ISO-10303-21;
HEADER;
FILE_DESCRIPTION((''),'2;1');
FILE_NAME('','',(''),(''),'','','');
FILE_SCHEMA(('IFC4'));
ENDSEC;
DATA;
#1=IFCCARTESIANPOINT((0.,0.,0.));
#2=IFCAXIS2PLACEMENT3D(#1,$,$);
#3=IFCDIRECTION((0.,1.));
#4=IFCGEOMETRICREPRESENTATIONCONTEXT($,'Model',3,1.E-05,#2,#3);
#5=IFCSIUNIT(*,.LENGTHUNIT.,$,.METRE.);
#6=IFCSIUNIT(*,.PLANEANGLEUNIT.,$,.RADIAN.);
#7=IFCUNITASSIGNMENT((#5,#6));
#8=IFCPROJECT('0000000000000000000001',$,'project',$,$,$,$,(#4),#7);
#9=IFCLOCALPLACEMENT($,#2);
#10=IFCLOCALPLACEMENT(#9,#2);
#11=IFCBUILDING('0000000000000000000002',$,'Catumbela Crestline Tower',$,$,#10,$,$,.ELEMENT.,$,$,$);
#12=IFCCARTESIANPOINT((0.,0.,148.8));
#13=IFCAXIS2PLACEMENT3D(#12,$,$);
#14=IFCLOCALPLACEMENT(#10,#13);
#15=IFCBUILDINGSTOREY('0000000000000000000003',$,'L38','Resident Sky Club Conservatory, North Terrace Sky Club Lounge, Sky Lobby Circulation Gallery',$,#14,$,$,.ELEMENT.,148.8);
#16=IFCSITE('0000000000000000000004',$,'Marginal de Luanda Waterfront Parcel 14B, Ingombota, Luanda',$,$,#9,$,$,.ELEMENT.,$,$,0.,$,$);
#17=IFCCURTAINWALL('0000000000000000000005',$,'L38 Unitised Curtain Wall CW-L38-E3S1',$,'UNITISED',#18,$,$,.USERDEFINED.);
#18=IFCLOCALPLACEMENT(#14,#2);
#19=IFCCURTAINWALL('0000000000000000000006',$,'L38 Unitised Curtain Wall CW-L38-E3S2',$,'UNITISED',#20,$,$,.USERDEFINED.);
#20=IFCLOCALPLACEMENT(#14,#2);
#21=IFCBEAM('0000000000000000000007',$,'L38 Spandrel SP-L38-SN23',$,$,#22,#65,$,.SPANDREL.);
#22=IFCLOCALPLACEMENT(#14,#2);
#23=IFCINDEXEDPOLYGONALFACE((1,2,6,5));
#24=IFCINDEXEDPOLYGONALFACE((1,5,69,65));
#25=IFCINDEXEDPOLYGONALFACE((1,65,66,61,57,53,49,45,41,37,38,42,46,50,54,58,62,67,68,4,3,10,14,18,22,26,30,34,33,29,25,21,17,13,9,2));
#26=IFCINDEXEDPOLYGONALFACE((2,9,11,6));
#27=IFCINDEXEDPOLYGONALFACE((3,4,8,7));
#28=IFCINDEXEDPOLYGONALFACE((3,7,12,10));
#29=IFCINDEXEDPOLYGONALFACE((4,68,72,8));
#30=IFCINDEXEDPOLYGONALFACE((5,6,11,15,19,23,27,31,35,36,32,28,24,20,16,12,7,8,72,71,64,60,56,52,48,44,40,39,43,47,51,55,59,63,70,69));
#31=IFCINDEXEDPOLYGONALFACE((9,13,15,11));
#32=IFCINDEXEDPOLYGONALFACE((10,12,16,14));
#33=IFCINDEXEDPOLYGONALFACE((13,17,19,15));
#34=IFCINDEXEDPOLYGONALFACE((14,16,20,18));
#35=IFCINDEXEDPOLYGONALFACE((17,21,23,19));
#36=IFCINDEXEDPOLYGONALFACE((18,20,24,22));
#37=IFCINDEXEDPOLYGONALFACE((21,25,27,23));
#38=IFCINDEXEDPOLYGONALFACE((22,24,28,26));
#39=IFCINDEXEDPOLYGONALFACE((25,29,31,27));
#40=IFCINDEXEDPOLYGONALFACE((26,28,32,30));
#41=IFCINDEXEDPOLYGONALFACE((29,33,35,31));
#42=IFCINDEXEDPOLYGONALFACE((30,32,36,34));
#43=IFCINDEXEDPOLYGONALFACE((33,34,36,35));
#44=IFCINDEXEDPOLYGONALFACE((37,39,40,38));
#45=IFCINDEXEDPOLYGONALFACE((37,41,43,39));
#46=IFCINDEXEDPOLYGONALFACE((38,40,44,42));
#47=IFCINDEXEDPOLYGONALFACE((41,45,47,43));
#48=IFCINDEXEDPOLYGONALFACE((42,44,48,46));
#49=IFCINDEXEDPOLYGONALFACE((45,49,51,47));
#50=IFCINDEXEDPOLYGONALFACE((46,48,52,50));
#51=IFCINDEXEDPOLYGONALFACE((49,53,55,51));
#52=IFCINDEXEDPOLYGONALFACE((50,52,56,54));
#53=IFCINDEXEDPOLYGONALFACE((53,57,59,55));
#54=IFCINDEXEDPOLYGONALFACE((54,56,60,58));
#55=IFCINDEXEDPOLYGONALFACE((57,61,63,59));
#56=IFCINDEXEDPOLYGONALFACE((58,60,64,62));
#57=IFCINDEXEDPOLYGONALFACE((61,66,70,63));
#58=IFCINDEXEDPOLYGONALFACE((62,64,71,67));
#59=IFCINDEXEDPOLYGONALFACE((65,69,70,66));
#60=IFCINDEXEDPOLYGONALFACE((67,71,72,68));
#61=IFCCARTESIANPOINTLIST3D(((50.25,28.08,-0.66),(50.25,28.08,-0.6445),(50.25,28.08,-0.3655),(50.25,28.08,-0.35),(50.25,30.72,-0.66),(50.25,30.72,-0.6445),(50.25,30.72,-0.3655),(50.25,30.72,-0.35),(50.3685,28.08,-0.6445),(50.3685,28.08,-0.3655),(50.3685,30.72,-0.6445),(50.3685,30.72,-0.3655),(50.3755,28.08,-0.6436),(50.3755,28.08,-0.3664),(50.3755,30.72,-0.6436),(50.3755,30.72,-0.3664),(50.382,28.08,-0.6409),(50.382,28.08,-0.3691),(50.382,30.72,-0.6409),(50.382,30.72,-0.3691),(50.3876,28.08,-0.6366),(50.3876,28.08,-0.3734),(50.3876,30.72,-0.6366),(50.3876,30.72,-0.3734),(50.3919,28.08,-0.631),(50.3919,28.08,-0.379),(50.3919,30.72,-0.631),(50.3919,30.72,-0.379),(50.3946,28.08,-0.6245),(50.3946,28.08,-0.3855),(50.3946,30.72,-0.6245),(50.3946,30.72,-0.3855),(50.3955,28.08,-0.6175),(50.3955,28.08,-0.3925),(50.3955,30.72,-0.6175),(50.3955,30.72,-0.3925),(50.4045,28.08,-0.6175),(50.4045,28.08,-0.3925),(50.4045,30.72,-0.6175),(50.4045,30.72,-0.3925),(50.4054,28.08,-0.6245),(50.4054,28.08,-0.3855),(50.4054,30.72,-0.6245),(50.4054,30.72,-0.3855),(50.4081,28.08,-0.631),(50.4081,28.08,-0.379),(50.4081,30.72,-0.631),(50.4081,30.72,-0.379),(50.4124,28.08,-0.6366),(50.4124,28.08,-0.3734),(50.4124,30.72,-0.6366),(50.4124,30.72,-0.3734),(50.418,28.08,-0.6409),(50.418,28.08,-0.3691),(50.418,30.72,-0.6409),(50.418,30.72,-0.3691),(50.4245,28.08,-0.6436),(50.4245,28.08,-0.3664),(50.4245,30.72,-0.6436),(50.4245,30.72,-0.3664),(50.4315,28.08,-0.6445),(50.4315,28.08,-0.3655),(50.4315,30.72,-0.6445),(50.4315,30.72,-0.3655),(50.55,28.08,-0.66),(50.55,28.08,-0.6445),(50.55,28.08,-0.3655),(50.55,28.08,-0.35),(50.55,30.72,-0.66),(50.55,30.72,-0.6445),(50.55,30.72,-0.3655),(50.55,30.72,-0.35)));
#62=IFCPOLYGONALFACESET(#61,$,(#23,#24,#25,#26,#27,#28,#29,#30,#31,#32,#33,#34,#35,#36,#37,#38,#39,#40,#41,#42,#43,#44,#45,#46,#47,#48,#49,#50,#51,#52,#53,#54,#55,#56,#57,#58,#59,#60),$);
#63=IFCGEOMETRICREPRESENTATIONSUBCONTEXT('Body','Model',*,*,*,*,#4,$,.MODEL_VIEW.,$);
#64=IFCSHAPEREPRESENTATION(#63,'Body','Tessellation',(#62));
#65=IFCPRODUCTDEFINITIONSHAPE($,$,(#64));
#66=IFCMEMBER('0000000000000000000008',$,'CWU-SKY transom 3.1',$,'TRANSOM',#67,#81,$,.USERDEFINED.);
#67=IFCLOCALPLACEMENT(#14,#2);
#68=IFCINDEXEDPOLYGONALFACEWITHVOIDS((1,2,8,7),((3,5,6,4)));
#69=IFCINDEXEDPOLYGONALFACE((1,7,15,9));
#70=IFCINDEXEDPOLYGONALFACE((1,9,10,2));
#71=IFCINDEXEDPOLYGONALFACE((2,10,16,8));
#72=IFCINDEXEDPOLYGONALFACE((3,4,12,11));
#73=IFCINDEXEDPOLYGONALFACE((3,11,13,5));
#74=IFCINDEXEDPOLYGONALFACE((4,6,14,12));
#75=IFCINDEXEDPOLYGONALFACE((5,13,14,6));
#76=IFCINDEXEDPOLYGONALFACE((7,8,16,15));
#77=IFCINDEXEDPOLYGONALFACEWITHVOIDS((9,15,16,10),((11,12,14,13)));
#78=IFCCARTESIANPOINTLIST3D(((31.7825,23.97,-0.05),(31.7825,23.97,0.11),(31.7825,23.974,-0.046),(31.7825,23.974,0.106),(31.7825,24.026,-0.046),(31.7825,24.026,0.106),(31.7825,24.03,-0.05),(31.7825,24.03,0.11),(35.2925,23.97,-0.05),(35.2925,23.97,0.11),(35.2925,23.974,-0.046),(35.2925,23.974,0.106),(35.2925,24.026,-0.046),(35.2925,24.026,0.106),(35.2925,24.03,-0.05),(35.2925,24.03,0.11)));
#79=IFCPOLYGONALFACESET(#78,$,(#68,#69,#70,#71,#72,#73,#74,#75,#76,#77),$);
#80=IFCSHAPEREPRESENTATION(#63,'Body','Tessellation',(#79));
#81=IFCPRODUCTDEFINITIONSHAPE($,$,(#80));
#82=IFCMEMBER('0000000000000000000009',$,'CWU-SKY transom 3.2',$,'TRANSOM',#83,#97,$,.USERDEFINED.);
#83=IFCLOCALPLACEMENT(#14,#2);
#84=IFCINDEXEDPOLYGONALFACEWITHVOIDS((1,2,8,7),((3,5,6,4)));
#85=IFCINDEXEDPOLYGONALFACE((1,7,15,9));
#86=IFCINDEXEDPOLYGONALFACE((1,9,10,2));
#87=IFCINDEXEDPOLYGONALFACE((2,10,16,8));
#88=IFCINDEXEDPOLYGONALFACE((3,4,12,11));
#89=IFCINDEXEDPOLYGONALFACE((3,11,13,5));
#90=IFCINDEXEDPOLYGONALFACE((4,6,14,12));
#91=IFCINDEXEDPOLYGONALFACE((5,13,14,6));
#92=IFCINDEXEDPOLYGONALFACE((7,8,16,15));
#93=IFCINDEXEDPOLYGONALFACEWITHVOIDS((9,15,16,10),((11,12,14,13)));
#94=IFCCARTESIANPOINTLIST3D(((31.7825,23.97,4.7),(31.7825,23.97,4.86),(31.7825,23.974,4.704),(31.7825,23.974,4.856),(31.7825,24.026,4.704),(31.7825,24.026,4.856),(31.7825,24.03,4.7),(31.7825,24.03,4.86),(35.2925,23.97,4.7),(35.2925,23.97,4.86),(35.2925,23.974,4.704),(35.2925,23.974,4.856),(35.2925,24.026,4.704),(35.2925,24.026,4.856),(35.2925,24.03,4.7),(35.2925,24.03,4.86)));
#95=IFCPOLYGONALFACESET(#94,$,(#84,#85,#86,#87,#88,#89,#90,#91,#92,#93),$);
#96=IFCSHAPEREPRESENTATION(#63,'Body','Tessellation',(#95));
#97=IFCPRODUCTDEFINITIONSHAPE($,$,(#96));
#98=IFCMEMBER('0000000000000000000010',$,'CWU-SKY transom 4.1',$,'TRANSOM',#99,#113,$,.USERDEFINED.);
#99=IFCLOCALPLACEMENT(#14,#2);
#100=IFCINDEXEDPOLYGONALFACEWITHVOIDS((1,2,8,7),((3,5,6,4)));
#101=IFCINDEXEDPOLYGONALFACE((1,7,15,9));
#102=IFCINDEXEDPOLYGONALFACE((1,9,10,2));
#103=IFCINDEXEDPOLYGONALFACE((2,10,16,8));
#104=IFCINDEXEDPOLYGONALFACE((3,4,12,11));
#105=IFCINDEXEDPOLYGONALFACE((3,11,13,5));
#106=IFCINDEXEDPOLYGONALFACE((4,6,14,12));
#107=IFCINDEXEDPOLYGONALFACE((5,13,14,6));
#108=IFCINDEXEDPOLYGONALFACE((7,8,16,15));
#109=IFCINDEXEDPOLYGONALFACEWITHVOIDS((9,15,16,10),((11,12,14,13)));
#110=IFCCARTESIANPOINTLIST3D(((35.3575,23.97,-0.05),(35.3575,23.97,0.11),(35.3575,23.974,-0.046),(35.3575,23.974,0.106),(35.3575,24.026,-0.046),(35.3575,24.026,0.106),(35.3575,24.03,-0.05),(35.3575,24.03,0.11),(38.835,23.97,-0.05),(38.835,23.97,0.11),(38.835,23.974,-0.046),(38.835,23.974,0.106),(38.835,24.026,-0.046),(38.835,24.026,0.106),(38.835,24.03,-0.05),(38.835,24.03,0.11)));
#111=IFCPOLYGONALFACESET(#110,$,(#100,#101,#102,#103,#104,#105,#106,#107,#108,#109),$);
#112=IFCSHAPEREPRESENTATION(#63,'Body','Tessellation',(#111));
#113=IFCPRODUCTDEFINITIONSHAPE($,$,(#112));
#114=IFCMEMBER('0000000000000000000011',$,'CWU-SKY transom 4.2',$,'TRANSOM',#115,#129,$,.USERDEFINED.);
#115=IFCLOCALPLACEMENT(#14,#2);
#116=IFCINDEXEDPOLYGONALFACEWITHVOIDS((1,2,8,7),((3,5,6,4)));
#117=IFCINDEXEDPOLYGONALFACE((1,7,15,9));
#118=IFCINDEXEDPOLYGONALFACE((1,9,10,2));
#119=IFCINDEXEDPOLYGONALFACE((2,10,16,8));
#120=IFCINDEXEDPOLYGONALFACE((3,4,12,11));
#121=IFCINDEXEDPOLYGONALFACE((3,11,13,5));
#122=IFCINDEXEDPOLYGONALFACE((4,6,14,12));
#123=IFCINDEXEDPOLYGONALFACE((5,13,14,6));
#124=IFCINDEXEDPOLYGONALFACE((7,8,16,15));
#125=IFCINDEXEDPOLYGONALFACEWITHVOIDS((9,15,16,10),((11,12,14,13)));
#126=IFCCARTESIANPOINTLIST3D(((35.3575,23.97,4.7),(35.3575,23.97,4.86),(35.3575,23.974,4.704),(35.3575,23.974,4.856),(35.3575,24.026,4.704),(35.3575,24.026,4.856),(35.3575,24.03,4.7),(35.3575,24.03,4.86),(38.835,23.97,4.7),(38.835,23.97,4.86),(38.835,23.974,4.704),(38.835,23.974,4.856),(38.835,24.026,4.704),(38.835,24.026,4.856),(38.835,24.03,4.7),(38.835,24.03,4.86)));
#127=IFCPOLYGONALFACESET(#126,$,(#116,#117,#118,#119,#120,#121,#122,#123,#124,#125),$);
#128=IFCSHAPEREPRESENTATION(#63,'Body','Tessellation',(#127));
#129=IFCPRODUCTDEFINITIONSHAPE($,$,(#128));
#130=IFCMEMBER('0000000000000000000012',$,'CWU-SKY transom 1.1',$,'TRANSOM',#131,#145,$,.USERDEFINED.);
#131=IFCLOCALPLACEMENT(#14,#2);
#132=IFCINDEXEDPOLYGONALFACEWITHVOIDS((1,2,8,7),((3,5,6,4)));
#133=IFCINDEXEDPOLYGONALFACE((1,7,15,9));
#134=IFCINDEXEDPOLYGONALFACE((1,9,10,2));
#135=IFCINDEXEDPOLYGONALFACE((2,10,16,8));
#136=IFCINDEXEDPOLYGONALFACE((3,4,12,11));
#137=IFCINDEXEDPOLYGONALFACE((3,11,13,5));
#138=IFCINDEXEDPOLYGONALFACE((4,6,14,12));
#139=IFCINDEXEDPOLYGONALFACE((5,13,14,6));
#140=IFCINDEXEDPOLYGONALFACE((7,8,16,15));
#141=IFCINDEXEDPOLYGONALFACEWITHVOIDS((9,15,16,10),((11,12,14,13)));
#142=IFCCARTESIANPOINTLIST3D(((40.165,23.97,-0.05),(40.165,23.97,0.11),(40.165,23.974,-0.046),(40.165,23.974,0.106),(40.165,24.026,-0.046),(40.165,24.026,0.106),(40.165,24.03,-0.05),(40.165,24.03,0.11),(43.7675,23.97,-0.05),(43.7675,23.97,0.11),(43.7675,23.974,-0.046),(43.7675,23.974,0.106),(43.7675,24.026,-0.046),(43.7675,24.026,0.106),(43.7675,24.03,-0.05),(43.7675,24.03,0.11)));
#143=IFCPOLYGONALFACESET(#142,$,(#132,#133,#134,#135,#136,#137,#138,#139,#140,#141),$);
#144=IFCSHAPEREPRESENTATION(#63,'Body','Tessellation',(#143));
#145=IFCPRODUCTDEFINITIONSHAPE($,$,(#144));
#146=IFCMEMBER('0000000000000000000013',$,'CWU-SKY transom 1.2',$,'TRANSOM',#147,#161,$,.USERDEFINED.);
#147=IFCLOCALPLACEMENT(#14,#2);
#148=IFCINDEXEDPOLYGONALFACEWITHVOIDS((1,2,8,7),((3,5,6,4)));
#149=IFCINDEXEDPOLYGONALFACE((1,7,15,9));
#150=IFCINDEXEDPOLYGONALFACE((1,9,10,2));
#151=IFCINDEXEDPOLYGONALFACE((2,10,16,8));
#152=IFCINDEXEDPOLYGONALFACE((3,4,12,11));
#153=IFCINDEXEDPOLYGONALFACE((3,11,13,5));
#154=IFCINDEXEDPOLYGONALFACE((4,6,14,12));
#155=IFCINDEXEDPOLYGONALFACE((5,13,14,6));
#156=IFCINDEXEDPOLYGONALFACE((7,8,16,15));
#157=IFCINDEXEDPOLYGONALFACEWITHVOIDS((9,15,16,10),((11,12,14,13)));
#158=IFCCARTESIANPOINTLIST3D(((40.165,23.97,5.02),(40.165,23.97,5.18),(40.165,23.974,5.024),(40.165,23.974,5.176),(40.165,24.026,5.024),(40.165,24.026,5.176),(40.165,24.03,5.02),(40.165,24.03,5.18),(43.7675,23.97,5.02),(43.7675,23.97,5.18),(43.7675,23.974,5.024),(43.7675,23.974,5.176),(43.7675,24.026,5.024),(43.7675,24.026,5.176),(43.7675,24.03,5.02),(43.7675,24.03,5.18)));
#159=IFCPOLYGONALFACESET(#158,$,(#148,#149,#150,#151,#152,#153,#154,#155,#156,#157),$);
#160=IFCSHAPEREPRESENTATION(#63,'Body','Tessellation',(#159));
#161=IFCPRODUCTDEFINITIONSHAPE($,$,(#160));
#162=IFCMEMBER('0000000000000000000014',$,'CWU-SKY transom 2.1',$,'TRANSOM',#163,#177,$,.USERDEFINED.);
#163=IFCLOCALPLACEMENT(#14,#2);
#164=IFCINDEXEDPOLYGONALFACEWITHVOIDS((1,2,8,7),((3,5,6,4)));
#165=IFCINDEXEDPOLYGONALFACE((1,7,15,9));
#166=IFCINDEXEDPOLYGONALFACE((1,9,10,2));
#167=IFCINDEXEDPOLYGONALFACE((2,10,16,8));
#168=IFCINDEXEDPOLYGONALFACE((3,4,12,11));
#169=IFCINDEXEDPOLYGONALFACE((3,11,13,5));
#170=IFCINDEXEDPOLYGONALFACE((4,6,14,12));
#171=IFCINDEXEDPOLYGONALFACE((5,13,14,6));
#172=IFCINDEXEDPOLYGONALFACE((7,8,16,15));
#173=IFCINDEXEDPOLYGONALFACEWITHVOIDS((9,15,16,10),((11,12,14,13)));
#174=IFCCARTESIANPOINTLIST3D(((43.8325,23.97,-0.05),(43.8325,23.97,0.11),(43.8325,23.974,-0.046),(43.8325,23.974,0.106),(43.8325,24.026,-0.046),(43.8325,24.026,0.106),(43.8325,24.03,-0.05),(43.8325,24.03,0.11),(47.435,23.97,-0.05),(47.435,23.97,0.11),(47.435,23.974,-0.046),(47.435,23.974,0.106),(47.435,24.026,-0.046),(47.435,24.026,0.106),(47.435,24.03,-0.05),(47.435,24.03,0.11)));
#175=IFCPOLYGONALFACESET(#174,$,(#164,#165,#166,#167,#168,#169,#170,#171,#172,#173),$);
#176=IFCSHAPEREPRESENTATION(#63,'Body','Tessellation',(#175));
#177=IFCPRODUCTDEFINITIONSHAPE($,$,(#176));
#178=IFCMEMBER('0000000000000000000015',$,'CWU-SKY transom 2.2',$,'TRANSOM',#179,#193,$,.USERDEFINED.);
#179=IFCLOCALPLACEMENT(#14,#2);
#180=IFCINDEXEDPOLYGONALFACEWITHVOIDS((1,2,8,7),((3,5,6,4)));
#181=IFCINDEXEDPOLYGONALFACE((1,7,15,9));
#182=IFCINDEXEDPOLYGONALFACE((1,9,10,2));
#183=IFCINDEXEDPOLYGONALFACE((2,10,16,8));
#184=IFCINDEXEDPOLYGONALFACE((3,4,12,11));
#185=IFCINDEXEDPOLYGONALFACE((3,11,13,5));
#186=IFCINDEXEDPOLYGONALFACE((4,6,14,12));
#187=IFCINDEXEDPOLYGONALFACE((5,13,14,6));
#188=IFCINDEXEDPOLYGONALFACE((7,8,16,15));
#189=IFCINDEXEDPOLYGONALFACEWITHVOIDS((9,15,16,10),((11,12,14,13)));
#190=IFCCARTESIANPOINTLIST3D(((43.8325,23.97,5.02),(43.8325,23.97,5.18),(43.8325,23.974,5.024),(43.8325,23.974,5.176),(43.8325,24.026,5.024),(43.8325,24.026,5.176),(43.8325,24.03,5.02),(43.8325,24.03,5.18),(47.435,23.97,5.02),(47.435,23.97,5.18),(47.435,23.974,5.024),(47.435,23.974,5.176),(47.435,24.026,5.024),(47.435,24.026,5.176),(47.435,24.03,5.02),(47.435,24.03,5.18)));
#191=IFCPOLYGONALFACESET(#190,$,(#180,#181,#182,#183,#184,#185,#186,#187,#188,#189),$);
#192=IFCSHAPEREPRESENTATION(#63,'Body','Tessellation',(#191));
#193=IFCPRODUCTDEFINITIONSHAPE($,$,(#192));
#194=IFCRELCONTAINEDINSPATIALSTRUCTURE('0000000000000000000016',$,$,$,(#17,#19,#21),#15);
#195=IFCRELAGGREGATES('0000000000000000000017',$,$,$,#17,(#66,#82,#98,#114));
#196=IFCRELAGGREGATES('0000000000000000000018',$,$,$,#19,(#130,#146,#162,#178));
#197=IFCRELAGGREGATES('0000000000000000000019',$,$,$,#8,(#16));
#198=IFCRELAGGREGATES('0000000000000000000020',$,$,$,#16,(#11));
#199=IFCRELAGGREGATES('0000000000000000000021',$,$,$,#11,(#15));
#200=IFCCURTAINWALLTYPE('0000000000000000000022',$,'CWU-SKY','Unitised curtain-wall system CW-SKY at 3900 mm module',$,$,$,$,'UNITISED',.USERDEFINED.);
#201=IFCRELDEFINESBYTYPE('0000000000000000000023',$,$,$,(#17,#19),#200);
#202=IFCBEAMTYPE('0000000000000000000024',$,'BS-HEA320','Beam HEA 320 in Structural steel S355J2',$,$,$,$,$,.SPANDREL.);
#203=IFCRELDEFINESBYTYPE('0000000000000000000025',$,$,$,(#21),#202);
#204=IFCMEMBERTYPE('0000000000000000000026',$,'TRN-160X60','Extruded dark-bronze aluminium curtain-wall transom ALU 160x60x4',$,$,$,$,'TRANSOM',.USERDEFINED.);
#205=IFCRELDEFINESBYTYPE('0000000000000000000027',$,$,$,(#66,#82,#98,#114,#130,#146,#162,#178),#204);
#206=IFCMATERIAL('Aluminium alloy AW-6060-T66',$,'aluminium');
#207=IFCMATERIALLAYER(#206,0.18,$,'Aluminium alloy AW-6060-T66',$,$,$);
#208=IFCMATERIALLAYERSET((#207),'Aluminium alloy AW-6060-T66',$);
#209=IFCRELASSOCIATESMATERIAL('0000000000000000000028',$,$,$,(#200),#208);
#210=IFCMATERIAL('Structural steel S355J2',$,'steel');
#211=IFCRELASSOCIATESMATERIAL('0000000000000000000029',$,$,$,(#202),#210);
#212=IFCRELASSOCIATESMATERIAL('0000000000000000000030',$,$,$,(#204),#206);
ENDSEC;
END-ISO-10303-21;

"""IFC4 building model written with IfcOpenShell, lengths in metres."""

from ifc_helpers import new_model, si_unit, direction, frame, origin, origin_2d, place, context, subcontext, project, spatial, hollow_rectangle, i_section, extrude, material, layer, layer_set, material_profile, profile_set, type_object, element, aggregate, save


model = new_model("IFC4")

# Units and contexts
model_context = context("Model", 3, precision=1e-05, world=origin(), true_north=direction((0.0, 1.0)))
body_context = subcontext(model_context, "Body", "Model", "MODEL_VIEW")
ifc_project = project(units=[si_unit("LENGTHUNIT", "METRE"), si_unit("PLANEANGLEUNIT", "RADIAN")], contexts=[model_context])

# Site, building, storey
site_placement = place(None, origin())
site = spatial("IfcSite", under=ifc_project, at=site_placement, Name="Marginal de Luanda Waterfront Parcel 14B, Ingombota, Luanda", CompositionType="ELEMENT", RefElevation=0.0)
building_placement = place(site_placement, origin())
building = spatial("IfcBuilding", under=site, at=building_placement, Name="Catumbela Crestline Tower", CompositionType="ELEMENT")
storey_placement = place(building_placement, frame((0.0, 0.0, 148.8)))
storey = spatial("IfcBuildingStorey", under=building, at=storey_placement, Name="L38", Description="Resident Sky Club Conservatory, North Terrace Sky Club Lounge, Sky Lobby Circulation Gallery", CompositionType="ELEMENT", Elevation=148.8)

# Shared definitions
ifc_material_1 = material(Name="Structural steel S355J2", Category="steel")

# Curtain walls
ifc_material_2 = material(Name="Aluminium alloy AW-6060-T66", Category="aluminium")
ifc_layer_1 = layer(ifc_material_2, 0.18, Name="Aluminium alloy AW-6060-T66")
ifc_layer_set_1 = layer_set([ifc_layer_1], Name="Aluminium alloy AW-6060-T66")
curtain_wall_type = type_object("IfcCurtainWallType", Name="CWU-SKY", Description="Unitised curtain-wall system CW-SKY at 3900 mm module", ElementType="UNITISED", PredefinedType="USERDEFINED", material=ifc_layer_set_1)
curtain_wall_1_placement = place(storey_placement, origin())
curtain_wall_1 = element("IfcCurtainWall", 1, at=curtain_wall_1_placement, inside=storey, type_object=curtain_wall_type, Name="L38 Unitised Curtain Wall CW-L38-E3S1", ObjectType="UNITISED", PredefinedType="USERDEFINED")
curtain_wall_2_placement = place(storey_placement, origin())
curtain_wall_2 = element("IfcCurtainWall", 2, at=curtain_wall_2_placement, inside=storey, type_object=curtain_wall_type, Name="L38 Unitised Curtain Wall CW-L38-E3S2", ObjectType="UNITISED", PredefinedType="USERDEFINED")

# Beam
ifc_material_profile_1 = material_profile(ifc_material_1, i_section(OverallWidth=0.3, OverallDepth=0.31, WebThickness=0.009, FlangeThickness=0.0155, FilletRadius=0.027, at=origin_2d()), Name="HEA 320")
ifc_profile_set_1 = profile_set([ifc_material_profile_1], Name="Structural steel S355J2")
beam_type_1 = type_object("IfcBeamType", Name="BS-HEA320", Description="Beam HEA 320 in Structural steel S355J2", PredefinedType="SPANDREL", material=ifc_profile_set_1)
beam_1_placement = place(storey_placement, frame((50.4, 28.08, -0.505), z_axis=(0.0, 1.0, 0.0), x_axis=(-1.0, 0.0, 0.0)))
element("IfcBeam", 3, at=beam_1_placement, inside=storey, type_object=beam_type_1, Name="L38 Spandrel SP-L38-SN23", PredefinedType="SPANDREL", context=body_context, shape_type="SweptSolid", body=[
    extrude(i_section(OverallWidth=0.3, OverallDepth=0.31, WebThickness=0.009, FlangeThickness=0.0155, FilletRadius=0.027, at=origin_2d()), origin(), (0.0, 0.0, 1.0), 2.64),
])

# Members
ifc_material_profile_2 = material_profile(ifc_material_2, hollow_rectangle(XDim=0.06, YDim=0.16, WallThickness=0.004, at=origin_2d()), Name="ALU 160x60x4")
ifc_profile_set_2 = profile_set([ifc_material_profile_2], Name="Aluminium alloy AW-6060-T66")
member_type_1 = type_object("IfcMemberType", Name="TRN-160X60", Description="Extruded dark-bronze aluminium curtain-wall transom ALU 160x60x4", ElementType="TRANSOM", PredefinedType="USERDEFINED", material=ifc_profile_set_2)
member_1_placement = place(storey_placement, frame((31.7825, 24.0, 0.03), z_axis=(1.0, 0.0, 0.0), x_axis=(0.0, 1.0, 0.0)))
member_1 = element("IfcMember", 4, at=member_1_placement, type_object=member_type_1, Name="CWU-SKY transom 3.1", ObjectType="TRANSOM", PredefinedType="USERDEFINED", context=body_context, shape_type="SweptSolid", body=[
    extrude(hollow_rectangle(XDim=0.06, YDim=0.16, WallThickness=0.004, at=origin_2d()), origin(), (0.0, 0.0, 1.0), 3.51),
])
member_2_placement = place(storey_placement, frame((31.7825, 24.0, 4.78), z_axis=(1.0, 0.0, 0.0), x_axis=(0.0, 1.0, 0.0)))
member_2 = element("IfcMember", 5, at=member_2_placement, type_object=member_type_1, Name="CWU-SKY transom 3.2", ObjectType="TRANSOM", PredefinedType="USERDEFINED", context=body_context, shape_type="SweptSolid", body=[
    extrude(hollow_rectangle(XDim=0.06, YDim=0.16, WallThickness=0.004, at=origin_2d()), origin(), (0.0, 0.0, 1.0), 3.51),
])
member_3_placement = place(storey_placement, frame((35.3575, 24.0, 0.03), z_axis=(1.0, 0.0, 0.0), x_axis=(0.0, 1.0, 0.0)))
member_3 = element("IfcMember", 6, at=member_3_placement, type_object=member_type_1, Name="CWU-SKY transom 4.1", ObjectType="TRANSOM", PredefinedType="USERDEFINED", context=body_context, shape_type="SweptSolid", body=[
    extrude(hollow_rectangle(XDim=0.06, YDim=0.16, WallThickness=0.004, at=origin_2d()), origin(), (0.0, 0.0, 1.0), 3.4775),
])
member_4_placement = place(storey_placement, frame((35.3575, 24.0, 4.78), z_axis=(1.0, 0.0, 0.0), x_axis=(0.0, 1.0, 0.0)))
member_4 = element("IfcMember", 7, at=member_4_placement, type_object=member_type_1, Name="CWU-SKY transom 4.2", ObjectType="TRANSOM", PredefinedType="USERDEFINED", context=body_context, shape_type="SweptSolid", body=[
    extrude(hollow_rectangle(XDim=0.06, YDim=0.16, WallThickness=0.004, at=origin_2d()), origin(), (0.0, 0.0, 1.0), 3.4775),
])
member_5_placement = place(storey_placement, frame((40.165, 24.0, 0.03), z_axis=(1.0, 0.0, 0.0), x_axis=(0.0, 1.0, 0.0)))
member_5 = element("IfcMember", 8, at=member_5_placement, type_object=member_type_1, Name="CWU-SKY transom 1.1", ObjectType="TRANSOM", PredefinedType="USERDEFINED", context=body_context, shape_type="SweptSolid", body=[
    extrude(hollow_rectangle(XDim=0.06, YDim=0.16, WallThickness=0.004, at=origin_2d()), origin(), (0.0, 0.0, 1.0), 3.6025),
])
member_6_placement = place(storey_placement, frame((40.165, 24.0, 5.1), z_axis=(1.0, 0.0, 0.0), x_axis=(0.0, 1.0, 0.0)))
member_6 = element("IfcMember", 9, at=member_6_placement, type_object=member_type_1, Name="CWU-SKY transom 1.2", ObjectType="TRANSOM", PredefinedType="USERDEFINED", context=body_context, shape_type="SweptSolid", body=[
    extrude(hollow_rectangle(XDim=0.06, YDim=0.16, WallThickness=0.004, at=origin_2d()), origin(), (0.0, 0.0, 1.0), 3.6025),
])
member_7_placement = place(storey_placement, frame((43.8325, 24.0, 0.03), z_axis=(1.0, 0.0, 0.0), x_axis=(0.0, 1.0, 0.0)))
member_7 = element("IfcMember", 10, at=member_7_placement, type_object=member_type_1, Name="CWU-SKY transom 2.1", ObjectType="TRANSOM", PredefinedType="USERDEFINED", context=body_context, shape_type="SweptSolid", body=[
    extrude(hollow_rectangle(XDim=0.06, YDim=0.16, WallThickness=0.004, at=origin_2d()), origin(), (0.0, 0.0, 1.0), 3.6025),
])
member_8_placement = place(storey_placement, frame((43.8325, 24.0, 5.1), z_axis=(1.0, 0.0, 0.0), x_axis=(0.0, 1.0, 0.0)))
member_8 = element("IfcMember", 11, at=member_8_placement, type_object=member_type_1, Name="CWU-SKY transom 2.2", ObjectType="TRANSOM", PredefinedType="USERDEFINED", context=body_context, shape_type="SweptSolid", body=[
    extrude(hollow_rectangle(XDim=0.06, YDim=0.16, WallThickness=0.004, at=origin_2d()), origin(), (0.0, 0.0, 1.0), 3.6025),
])

aggregate(curtain_wall_1, [member_1, member_2, member_3, member_4])
aggregate(curtain_wall_2, [member_5, member_6, member_7, member_8])

save(model, "model.ifc")
